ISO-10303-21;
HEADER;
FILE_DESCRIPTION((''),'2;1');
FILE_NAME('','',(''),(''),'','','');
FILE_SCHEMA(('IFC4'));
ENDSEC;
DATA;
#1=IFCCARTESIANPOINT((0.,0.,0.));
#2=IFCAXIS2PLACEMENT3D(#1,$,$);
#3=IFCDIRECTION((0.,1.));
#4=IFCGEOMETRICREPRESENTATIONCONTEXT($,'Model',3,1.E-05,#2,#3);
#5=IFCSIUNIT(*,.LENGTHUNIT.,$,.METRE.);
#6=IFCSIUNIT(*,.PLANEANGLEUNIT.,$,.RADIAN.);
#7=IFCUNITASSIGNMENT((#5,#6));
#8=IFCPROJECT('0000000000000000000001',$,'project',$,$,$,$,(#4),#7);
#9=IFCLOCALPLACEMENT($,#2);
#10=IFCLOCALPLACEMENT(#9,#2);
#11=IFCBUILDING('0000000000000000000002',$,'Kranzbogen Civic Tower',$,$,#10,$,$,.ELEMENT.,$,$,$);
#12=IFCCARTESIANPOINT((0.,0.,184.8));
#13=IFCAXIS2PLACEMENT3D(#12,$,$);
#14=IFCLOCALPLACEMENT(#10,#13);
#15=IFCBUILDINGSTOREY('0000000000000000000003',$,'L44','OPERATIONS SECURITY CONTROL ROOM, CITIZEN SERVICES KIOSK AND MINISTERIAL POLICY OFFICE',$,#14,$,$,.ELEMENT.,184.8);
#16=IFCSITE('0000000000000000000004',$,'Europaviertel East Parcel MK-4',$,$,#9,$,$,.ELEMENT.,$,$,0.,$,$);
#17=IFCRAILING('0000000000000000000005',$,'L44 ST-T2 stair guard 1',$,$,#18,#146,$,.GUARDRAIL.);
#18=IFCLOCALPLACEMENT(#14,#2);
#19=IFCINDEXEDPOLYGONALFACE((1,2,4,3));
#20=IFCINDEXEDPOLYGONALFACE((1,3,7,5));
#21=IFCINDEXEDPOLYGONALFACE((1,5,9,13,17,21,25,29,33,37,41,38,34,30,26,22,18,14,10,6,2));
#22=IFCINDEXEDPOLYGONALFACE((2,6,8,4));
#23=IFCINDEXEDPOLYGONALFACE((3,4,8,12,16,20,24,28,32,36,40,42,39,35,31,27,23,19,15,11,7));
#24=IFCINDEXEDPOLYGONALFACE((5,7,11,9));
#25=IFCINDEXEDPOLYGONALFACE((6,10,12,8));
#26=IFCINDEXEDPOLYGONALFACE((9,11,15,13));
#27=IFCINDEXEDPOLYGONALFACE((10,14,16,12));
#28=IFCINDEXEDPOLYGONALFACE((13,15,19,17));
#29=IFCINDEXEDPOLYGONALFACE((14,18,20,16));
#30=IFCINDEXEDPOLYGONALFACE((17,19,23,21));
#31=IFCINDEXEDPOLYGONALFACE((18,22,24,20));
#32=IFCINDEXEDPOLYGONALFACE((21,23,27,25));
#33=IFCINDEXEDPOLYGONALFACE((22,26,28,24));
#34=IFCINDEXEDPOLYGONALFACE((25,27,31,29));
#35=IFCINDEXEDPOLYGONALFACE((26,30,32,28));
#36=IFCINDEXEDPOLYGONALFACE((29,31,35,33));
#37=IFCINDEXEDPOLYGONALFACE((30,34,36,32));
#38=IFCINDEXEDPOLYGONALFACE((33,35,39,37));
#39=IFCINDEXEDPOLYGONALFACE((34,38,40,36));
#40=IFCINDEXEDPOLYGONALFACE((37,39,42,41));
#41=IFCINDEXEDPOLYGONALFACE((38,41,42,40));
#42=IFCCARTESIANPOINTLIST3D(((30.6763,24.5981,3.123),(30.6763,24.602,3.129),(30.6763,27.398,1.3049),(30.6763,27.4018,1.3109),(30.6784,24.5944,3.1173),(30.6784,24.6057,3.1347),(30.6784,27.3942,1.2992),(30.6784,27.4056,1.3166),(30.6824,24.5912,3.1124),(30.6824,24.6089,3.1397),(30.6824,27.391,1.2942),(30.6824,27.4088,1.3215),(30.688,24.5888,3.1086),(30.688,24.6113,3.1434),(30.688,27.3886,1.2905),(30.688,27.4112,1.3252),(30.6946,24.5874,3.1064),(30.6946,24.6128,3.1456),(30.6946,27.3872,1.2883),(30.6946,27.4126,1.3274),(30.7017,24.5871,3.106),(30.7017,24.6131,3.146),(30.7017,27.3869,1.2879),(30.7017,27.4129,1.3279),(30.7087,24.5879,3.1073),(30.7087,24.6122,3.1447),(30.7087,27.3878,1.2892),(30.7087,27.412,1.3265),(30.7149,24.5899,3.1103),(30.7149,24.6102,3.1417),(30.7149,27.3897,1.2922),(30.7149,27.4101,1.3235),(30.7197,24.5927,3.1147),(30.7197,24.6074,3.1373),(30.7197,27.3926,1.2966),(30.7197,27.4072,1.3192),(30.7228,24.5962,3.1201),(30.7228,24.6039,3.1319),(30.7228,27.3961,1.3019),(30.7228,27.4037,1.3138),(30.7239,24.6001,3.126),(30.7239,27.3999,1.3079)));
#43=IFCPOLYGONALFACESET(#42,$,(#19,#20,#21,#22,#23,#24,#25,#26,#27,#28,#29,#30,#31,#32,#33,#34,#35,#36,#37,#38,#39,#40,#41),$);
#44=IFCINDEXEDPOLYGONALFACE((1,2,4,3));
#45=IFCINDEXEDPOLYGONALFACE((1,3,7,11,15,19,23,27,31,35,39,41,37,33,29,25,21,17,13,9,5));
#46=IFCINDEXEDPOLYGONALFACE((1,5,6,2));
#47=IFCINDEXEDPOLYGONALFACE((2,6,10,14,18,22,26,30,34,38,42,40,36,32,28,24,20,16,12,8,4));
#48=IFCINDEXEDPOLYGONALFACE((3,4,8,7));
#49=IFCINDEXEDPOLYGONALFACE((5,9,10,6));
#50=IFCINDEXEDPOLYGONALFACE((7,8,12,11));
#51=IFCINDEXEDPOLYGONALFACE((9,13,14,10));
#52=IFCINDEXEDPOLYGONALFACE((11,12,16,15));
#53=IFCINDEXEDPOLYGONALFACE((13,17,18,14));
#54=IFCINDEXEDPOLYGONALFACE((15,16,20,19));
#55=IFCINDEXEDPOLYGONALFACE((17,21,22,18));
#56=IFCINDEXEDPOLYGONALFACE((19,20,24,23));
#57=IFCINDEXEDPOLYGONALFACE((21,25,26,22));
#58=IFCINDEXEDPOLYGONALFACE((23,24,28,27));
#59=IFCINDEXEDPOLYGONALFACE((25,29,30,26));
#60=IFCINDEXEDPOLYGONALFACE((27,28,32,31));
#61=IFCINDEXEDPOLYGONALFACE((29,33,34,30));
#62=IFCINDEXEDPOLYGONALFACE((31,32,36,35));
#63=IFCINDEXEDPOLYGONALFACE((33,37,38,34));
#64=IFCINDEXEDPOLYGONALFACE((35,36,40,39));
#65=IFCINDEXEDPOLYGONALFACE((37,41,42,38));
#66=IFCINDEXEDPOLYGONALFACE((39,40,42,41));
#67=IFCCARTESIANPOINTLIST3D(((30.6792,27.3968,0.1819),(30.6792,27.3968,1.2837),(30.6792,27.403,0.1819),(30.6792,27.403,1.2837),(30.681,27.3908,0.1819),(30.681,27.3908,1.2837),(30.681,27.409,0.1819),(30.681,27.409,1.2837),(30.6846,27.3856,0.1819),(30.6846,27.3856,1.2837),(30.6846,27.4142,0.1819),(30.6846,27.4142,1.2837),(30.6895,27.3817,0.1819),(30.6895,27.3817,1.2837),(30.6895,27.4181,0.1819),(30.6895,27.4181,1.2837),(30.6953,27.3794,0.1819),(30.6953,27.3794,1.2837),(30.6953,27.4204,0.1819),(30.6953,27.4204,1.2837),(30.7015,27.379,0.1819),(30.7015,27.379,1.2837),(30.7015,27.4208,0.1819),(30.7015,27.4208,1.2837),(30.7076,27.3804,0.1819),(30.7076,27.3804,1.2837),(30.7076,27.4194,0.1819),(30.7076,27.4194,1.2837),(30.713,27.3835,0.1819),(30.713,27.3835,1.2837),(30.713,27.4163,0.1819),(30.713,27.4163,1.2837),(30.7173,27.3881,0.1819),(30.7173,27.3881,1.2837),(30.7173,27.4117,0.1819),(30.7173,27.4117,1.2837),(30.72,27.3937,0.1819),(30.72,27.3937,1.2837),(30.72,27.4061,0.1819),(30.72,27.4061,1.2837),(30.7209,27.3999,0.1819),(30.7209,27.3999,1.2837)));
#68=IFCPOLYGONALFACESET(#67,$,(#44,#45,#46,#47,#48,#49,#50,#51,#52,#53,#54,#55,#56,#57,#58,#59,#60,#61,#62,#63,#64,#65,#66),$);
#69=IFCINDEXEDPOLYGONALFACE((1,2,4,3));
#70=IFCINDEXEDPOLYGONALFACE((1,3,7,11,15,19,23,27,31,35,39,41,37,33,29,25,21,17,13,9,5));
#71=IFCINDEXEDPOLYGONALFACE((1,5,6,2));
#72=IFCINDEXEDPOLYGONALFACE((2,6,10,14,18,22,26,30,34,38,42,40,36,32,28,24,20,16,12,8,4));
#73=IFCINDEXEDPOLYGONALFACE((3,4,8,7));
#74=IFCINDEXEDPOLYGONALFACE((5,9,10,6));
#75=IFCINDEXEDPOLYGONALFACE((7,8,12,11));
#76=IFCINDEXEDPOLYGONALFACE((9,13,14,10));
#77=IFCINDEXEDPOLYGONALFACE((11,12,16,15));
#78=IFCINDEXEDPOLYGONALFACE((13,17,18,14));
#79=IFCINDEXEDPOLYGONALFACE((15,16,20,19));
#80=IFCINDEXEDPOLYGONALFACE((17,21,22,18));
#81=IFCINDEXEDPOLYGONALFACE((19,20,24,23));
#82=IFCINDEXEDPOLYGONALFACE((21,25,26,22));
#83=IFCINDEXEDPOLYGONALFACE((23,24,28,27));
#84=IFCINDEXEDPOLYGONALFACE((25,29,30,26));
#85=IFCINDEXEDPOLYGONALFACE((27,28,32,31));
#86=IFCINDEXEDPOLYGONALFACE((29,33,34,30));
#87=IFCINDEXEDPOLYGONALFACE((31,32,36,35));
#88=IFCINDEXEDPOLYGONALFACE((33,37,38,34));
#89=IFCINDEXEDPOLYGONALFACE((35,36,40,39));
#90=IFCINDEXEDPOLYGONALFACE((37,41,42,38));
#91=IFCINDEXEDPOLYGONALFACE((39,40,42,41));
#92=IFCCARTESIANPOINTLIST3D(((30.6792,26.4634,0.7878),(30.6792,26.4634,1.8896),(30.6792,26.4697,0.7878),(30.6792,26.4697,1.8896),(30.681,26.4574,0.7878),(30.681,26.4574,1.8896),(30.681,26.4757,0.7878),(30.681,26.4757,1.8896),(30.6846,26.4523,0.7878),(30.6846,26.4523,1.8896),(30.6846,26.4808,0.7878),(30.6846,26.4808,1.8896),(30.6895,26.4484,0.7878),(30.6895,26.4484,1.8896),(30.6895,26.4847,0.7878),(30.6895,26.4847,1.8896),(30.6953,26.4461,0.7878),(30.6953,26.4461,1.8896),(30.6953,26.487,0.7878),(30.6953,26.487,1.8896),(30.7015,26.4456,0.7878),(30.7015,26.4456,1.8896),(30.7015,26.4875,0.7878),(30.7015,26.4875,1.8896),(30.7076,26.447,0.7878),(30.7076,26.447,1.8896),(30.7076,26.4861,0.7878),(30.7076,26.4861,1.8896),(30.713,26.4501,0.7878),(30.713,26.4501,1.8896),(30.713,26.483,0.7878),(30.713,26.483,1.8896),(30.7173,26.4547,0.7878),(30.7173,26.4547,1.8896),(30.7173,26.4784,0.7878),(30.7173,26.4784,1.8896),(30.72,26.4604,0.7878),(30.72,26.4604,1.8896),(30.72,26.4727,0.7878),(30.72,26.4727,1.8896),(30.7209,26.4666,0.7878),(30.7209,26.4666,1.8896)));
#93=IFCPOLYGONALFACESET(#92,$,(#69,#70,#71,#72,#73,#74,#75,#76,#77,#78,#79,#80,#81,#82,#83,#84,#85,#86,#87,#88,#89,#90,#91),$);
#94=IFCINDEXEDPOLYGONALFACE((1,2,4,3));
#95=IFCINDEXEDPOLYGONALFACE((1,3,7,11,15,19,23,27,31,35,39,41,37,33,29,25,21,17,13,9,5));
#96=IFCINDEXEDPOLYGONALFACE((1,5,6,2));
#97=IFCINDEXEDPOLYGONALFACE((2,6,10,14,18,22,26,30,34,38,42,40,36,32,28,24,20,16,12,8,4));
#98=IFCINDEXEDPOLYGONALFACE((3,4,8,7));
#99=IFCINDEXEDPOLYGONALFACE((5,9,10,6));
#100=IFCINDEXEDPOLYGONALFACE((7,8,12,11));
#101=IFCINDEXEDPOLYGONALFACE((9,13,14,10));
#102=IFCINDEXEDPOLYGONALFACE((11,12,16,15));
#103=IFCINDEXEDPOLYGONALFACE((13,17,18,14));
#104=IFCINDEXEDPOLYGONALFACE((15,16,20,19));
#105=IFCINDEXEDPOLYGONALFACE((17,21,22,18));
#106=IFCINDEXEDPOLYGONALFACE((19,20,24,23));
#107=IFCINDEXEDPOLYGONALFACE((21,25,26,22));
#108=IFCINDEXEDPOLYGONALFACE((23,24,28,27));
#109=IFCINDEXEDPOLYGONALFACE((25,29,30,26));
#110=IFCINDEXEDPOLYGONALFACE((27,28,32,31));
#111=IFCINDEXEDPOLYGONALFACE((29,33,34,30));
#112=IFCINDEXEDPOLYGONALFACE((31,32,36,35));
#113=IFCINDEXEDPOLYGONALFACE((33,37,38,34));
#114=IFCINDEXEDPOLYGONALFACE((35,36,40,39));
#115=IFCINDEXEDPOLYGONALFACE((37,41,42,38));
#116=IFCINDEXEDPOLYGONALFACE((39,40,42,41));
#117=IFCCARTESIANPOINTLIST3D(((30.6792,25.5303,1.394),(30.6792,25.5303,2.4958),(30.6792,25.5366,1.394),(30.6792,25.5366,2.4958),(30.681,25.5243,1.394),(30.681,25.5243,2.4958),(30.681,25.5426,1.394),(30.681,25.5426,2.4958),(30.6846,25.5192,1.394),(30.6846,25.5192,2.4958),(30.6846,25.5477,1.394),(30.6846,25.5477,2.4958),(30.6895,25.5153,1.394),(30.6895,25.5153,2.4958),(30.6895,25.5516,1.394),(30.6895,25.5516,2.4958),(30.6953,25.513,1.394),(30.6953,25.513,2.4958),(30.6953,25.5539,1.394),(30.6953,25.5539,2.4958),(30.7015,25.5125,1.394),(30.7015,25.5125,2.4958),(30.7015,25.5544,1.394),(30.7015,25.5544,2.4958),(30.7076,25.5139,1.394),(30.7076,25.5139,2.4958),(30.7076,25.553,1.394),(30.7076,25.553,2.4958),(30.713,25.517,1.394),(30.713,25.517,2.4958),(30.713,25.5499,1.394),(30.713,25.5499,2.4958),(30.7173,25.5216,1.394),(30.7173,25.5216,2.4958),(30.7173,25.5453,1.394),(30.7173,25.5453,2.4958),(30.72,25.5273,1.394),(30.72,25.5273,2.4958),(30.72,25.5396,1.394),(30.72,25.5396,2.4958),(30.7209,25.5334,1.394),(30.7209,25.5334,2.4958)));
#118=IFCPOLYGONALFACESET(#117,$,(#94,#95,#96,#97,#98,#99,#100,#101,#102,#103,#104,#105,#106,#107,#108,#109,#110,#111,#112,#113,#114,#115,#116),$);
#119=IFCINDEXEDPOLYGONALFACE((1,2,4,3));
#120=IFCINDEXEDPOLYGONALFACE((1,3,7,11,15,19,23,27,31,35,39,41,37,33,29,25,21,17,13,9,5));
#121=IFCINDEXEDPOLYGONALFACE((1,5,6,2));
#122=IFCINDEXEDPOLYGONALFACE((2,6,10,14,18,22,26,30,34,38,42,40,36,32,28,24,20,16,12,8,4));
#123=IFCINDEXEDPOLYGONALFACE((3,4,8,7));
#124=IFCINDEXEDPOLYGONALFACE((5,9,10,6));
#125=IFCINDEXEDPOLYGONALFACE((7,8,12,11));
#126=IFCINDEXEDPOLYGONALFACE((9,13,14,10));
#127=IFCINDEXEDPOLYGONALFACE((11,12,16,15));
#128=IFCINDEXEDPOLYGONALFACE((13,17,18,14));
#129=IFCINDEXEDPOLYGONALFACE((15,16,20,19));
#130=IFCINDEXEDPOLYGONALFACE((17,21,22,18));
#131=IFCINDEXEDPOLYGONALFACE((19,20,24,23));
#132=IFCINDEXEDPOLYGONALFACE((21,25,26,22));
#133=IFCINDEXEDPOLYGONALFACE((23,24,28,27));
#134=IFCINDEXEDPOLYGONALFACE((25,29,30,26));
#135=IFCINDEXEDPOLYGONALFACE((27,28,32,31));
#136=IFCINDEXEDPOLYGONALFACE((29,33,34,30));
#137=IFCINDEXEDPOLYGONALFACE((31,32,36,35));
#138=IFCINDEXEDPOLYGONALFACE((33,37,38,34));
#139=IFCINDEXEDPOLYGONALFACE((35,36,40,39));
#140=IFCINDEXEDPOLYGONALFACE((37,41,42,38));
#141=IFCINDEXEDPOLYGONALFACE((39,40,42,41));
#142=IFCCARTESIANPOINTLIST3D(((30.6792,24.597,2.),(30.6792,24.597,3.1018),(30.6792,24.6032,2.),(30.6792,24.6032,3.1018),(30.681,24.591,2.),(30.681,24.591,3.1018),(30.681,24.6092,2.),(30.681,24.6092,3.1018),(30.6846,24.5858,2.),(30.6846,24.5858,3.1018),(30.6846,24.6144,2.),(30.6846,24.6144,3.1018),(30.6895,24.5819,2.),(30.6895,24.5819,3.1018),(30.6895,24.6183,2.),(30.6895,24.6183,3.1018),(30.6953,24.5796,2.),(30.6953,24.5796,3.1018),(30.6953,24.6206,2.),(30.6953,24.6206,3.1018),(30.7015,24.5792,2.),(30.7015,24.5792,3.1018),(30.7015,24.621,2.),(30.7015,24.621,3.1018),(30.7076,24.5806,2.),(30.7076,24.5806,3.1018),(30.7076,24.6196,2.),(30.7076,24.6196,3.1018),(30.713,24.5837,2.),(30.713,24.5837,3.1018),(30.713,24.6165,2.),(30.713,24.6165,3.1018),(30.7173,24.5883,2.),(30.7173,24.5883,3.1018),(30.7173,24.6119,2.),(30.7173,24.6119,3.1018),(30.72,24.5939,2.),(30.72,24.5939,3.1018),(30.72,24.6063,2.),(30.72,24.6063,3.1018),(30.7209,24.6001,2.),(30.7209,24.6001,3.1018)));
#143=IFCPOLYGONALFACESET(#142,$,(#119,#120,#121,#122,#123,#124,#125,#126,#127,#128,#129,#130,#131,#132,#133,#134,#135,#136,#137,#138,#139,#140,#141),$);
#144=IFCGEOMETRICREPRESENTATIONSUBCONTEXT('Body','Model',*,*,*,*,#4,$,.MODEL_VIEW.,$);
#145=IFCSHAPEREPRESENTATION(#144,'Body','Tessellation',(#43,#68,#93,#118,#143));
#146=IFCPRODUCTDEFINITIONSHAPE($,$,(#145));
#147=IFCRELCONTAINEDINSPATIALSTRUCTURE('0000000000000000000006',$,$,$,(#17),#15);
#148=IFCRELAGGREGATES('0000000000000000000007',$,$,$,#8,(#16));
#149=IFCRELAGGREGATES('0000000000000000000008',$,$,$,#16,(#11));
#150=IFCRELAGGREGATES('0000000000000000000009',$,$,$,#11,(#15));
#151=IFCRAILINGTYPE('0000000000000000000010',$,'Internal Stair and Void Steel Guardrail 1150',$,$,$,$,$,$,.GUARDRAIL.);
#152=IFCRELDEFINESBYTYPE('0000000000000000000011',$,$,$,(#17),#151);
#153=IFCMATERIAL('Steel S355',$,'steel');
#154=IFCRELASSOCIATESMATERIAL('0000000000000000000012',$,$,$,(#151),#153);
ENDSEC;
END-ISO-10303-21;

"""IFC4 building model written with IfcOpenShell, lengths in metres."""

from ifc_helpers import new_model, si_unit, direction, frame, origin, origin_2d, place, context, subcontext, project, spatial, circle, extrude, material, type_object, element, save


model = new_model("IFC4")

# Units and contexts
model_context = context("Model", 3, precision=1e-05, world=origin(), true_north=direction((0.0, 1.0)))
body_context = subcontext(model_context, "Body", "Model", "MODEL_VIEW")
ifc_project = project(units=[si_unit("LENGTHUNIT", "METRE"), si_unit("PLANEANGLEUNIT", "RADIAN")], contexts=[model_context])

# Site, building, storey
site_placement = place(None, origin())
site = spatial("IfcSite", under=ifc_project, at=site_placement, Name="Europaviertel East Parcel MK-4", CompositionType="ELEMENT", RefElevation=0.0)
building_placement = place(site_placement, origin())
building = spatial("IfcBuilding", under=site, at=building_placement, Name="Kranzbogen Civic Tower", CompositionType="ELEMENT")
storey_placement = place(building_placement, frame((0.0, 0.0, 184.8)))
storey = spatial("IfcBuildingStorey", under=building, at=storey_placement, Name="L44", Description="OPERATIONS SECURITY CONTROL ROOM, CITIZEN SERVICES KIOSK AND MINISTERIAL POLICY OFFICE", CompositionType="ELEMENT", Elevation=184.8)

# Shared definitions
ifc_material_1 = material(Name="Steel S355", Category="steel")

# Railing
railing_type_1 = type_object("IfcRailingType", Name="Internal Stair and Void Steel Guardrail 1150", PredefinedType="GUARDRAIL", material=ifc_material_1)
railing_1_placement = place(storey_placement, frame((30.7, 27.3999, 0.1819)))
element("IfcRailing", 1, at=railing_1_placement, inside=storey, type_object=railing_type_1, Name="L44 ST-T2 stair guard 1", PredefinedType="GUARDRAIL", context=body_context, shape_type="SweptSolid", body=[
    extrude(circle(Radius=0.0239, at=origin_2d()), frame((0.0, 0.0, 1.126), z_axis=(0.0, -0.838684, 0.544618), x_axis=(1.0, 0.0, 0.0)), (0.0, 0.0, 1.0), 3.3384),
    extrude(circle(Radius=0.021, at=origin_2d()), origin(), (0.0, 0.0, 1.0), 1.1018),
    extrude(circle(Radius=0.021, at=origin_2d()), frame((0.0, -0.9333, 0.606)), (0.0, 0.0, 1.0), 1.1018),
    extrude(circle(Radius=0.021, at=origin_2d()), frame((0.0, -1.8665, 1.2122)), (0.0, 0.0, 1.0), 1.1018),
    extrude(circle(Radius=0.021, at=origin_2d()), frame((0.0, -2.7998, 1.8181)), (0.0, 0.0, 1.0), 1.1018),
])

save(model, "model.ifc")
